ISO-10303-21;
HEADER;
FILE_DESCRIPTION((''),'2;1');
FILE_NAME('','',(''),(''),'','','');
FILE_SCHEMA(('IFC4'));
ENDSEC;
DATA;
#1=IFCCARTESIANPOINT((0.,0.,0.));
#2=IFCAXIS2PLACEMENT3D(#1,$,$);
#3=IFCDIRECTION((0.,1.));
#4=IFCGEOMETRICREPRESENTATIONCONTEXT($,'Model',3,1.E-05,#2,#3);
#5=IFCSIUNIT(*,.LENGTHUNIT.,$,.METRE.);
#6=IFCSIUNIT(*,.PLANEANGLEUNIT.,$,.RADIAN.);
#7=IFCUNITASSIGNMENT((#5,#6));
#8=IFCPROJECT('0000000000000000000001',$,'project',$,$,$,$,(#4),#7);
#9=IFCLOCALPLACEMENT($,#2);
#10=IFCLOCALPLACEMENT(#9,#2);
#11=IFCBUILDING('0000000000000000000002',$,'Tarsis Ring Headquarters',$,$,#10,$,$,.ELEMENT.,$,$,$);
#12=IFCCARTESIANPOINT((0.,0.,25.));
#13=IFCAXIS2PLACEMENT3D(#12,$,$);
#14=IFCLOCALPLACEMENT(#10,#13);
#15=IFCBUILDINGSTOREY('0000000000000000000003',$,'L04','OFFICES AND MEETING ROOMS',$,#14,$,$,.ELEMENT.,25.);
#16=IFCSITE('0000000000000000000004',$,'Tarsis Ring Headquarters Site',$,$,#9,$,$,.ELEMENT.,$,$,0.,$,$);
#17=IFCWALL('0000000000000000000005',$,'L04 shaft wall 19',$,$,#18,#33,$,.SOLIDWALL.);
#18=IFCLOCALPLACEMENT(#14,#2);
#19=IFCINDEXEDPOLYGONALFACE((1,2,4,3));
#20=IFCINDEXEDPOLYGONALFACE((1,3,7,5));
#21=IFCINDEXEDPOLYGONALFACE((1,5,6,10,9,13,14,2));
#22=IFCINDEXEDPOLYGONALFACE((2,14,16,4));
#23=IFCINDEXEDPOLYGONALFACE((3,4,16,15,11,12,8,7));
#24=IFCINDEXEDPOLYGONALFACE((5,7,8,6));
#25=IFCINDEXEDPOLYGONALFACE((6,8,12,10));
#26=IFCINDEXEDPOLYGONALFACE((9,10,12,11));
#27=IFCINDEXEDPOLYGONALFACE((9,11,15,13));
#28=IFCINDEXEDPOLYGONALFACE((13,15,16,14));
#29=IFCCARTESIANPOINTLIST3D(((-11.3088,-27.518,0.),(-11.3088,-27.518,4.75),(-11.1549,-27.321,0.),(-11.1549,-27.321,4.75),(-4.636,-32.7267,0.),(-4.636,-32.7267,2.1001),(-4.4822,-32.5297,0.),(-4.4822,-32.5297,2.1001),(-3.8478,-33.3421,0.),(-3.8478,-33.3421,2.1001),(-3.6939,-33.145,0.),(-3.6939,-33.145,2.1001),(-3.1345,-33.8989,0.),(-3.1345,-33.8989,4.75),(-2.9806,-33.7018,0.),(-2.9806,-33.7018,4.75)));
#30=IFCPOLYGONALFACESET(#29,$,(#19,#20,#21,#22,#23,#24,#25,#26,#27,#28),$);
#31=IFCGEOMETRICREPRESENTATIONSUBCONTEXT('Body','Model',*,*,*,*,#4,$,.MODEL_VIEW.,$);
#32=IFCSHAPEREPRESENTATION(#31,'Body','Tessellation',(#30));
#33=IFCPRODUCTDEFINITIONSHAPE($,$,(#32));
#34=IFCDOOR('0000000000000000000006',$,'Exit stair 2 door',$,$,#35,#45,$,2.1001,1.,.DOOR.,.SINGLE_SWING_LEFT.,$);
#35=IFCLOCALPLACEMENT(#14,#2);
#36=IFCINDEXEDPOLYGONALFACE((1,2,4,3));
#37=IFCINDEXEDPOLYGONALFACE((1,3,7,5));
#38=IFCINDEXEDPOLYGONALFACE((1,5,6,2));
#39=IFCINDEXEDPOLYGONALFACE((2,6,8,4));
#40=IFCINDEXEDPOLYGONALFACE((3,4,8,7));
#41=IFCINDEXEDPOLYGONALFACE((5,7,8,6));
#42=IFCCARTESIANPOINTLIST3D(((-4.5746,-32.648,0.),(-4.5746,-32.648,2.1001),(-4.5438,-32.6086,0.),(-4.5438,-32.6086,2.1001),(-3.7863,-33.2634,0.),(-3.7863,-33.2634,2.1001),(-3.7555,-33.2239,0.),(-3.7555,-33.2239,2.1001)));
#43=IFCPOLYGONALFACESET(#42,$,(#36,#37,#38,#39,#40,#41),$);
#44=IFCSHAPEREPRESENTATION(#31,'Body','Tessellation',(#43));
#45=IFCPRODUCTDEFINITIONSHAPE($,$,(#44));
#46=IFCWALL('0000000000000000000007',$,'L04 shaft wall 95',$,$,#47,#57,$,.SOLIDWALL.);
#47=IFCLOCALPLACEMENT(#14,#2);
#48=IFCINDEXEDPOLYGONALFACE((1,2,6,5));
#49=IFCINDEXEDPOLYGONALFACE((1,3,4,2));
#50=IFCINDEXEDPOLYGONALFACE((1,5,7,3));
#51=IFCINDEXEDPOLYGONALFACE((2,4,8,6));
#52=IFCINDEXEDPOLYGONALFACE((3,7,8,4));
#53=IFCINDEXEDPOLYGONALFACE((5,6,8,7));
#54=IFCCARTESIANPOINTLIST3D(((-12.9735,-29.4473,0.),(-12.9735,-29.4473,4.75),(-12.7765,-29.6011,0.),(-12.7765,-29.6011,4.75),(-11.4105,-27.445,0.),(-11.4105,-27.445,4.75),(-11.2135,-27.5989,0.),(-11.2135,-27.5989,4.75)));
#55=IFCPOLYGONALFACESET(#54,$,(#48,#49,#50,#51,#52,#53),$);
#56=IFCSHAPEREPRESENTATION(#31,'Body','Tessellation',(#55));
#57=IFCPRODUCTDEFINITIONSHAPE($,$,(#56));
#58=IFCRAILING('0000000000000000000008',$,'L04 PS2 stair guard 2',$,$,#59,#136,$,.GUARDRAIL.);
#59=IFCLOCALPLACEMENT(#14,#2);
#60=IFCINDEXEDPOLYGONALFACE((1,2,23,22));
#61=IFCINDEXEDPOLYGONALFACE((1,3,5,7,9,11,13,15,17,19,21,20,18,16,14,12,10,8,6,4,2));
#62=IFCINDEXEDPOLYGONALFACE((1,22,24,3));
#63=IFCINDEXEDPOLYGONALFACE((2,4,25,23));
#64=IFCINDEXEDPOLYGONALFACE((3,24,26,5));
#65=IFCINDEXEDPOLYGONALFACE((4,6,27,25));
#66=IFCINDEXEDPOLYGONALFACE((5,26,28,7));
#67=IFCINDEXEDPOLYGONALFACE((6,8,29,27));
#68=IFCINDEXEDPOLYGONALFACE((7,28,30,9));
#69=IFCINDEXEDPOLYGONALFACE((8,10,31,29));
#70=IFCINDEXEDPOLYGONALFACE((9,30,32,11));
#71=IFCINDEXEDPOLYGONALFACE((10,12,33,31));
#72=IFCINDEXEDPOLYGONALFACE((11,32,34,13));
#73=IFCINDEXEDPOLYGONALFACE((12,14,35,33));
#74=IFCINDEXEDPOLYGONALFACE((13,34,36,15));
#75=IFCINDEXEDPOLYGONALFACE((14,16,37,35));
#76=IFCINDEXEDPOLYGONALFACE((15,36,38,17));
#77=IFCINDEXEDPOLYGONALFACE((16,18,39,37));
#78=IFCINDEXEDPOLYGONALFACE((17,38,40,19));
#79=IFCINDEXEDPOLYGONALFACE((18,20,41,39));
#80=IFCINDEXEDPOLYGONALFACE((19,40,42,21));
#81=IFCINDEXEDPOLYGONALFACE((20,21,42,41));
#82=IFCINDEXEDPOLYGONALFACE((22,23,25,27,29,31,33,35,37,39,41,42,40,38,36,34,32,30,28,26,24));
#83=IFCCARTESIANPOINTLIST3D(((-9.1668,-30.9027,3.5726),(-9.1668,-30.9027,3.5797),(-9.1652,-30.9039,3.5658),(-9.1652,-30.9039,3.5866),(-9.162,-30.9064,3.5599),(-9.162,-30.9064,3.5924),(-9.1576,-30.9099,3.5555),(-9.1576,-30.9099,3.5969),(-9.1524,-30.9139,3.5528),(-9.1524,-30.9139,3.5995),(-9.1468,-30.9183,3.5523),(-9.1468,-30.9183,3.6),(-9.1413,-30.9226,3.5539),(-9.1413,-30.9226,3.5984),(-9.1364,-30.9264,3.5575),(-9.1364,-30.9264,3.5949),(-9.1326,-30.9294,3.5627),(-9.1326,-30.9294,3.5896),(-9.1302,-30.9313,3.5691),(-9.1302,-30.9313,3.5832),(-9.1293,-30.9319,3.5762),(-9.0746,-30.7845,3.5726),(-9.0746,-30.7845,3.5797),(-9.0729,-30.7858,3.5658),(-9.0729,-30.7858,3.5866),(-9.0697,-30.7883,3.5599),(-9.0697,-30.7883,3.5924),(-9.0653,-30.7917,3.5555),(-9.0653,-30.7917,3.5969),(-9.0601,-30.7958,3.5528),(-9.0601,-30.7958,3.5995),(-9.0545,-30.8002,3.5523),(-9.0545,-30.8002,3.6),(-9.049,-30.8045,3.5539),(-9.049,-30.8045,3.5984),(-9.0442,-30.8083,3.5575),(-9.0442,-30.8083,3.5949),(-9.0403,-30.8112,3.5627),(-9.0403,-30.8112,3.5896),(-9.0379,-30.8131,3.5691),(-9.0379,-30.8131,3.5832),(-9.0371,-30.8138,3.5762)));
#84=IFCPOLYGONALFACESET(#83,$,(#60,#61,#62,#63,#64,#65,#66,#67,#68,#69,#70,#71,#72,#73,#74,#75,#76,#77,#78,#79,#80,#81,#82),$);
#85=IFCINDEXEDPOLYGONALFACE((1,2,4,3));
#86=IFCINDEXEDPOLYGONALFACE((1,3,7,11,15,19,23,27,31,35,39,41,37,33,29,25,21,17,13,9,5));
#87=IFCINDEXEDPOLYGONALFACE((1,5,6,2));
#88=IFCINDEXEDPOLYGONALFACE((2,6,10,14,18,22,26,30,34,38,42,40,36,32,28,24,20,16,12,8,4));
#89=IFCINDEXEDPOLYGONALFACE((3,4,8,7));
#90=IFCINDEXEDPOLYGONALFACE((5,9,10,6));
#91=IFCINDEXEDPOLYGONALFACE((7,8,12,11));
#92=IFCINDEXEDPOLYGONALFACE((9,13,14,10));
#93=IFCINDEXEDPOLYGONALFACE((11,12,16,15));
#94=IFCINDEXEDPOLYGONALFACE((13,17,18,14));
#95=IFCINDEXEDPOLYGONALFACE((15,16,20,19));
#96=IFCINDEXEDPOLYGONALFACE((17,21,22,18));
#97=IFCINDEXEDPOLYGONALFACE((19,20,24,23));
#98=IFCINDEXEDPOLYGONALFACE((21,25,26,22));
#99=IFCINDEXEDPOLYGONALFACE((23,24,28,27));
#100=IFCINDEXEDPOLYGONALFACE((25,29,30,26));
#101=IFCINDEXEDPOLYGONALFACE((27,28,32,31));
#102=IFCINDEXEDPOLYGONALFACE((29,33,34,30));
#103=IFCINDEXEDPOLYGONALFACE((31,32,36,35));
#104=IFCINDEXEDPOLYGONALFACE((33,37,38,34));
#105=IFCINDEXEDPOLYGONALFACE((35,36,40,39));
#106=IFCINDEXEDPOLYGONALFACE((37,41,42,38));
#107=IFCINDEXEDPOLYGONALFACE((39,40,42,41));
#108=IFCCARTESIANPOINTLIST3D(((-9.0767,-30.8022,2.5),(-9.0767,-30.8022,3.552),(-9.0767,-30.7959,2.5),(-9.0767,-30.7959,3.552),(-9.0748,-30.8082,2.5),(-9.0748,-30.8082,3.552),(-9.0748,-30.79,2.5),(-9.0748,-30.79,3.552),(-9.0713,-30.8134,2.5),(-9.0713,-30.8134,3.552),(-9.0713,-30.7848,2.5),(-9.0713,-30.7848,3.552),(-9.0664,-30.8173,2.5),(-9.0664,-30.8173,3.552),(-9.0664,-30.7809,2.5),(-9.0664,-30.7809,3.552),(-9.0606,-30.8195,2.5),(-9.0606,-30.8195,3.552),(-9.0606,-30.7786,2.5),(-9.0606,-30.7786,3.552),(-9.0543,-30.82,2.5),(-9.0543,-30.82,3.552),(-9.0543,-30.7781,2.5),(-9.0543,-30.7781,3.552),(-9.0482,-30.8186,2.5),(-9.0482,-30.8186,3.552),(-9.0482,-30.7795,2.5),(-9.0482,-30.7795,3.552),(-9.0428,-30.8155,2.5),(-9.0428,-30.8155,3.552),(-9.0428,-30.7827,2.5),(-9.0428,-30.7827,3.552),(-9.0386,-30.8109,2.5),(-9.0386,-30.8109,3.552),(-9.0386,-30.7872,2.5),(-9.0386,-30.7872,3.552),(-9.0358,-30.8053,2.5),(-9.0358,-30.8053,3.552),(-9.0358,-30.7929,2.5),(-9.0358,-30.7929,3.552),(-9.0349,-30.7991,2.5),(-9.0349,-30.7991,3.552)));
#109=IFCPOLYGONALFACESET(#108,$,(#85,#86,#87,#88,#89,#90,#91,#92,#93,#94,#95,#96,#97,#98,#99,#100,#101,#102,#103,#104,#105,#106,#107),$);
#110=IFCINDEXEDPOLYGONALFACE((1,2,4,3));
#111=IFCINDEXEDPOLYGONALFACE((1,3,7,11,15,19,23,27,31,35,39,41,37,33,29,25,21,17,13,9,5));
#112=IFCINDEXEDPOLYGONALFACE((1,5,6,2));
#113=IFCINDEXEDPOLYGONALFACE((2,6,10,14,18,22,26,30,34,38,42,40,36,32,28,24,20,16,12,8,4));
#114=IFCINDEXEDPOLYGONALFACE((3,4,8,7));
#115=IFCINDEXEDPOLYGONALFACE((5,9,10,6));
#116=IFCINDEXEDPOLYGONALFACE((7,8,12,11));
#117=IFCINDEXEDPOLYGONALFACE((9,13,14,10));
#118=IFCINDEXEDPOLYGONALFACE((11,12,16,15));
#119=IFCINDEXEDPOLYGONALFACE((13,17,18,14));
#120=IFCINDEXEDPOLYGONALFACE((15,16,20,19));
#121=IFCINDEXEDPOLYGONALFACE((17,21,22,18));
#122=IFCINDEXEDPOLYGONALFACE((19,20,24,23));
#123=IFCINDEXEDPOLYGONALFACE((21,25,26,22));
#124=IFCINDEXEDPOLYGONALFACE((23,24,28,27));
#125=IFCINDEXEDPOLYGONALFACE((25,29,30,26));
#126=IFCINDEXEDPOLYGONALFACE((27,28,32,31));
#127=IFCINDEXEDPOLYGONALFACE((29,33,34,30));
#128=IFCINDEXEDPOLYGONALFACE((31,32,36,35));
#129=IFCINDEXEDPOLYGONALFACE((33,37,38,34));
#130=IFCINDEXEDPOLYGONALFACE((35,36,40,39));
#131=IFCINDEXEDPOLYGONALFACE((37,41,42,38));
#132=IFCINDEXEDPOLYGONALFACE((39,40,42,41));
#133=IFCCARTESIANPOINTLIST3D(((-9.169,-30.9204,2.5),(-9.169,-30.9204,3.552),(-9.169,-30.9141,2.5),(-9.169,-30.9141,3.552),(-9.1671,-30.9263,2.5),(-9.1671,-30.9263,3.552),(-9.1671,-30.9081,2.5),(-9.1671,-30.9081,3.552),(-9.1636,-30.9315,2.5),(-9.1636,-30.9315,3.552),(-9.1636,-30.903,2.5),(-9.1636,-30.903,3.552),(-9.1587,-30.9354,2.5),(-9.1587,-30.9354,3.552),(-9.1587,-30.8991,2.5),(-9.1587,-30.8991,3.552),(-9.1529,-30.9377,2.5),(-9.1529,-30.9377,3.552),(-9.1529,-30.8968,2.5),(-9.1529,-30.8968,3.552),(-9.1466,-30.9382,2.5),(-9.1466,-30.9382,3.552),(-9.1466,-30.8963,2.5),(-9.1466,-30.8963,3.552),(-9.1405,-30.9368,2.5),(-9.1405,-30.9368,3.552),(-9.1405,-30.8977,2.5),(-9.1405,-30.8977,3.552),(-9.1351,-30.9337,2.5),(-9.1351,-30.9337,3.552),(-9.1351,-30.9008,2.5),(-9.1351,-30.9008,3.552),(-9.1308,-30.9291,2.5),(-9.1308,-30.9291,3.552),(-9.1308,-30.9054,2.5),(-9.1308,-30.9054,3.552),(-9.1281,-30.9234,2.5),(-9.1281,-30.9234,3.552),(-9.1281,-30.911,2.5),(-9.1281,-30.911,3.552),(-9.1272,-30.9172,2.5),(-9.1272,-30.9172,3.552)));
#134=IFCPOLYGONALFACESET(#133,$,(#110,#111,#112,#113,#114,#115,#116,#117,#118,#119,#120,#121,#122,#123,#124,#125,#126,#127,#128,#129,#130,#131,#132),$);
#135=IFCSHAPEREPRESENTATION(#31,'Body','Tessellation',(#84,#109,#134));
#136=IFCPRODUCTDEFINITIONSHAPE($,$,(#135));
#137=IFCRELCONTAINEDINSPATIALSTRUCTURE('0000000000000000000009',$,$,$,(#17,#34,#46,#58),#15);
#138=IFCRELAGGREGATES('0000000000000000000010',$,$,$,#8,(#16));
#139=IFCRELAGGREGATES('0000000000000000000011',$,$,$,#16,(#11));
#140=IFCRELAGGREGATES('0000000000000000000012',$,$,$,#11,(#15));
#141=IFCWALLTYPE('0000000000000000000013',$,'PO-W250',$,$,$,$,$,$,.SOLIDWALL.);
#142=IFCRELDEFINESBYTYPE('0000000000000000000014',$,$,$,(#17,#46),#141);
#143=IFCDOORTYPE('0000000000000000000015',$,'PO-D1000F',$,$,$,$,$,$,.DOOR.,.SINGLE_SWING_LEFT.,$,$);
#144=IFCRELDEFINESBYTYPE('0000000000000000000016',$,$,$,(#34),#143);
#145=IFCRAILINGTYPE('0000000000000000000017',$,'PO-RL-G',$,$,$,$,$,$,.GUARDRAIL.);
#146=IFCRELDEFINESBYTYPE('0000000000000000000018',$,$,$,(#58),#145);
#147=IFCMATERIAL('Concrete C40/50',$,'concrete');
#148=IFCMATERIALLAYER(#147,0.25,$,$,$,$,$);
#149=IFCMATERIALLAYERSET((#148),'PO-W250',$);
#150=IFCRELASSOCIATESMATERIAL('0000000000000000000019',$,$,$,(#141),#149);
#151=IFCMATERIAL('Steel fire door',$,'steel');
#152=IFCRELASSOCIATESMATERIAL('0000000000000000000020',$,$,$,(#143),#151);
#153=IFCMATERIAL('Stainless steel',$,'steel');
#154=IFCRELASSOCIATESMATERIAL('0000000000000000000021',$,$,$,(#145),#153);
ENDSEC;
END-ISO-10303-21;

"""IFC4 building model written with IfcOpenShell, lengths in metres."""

from ifc_helpers import new_model, si_unit, direction, frame, frame_2d, origin, origin_2d, place, context, subcontext, project, spatial, rectangle, circle, extrude, material, layer, layer_set, type_object, element, fill, save


model = new_model("IFC4")

# Units and contexts
model_context = context("Model", 3, precision=1e-05, world=origin(), true_north=direction((0.0, 1.0)))
body_context = subcontext(model_context, "Body", "Model", "MODEL_VIEW")
ifc_project = project(units=[si_unit("LENGTHUNIT", "METRE"), si_unit("PLANEANGLEUNIT", "RADIAN")], contexts=[model_context])

# Site, building, storey
site_placement = place(None, origin())
site = spatial("IfcSite", under=ifc_project, at=site_placement, Name="Tarsis Ring Headquarters Site", CompositionType="ELEMENT", RefElevation=0.0)
building_placement = place(site_placement, origin())
building = spatial("IfcBuilding", under=site, at=building_placement, Name="Tarsis Ring Headquarters", CompositionType="ELEMENT")
storey_placement = place(building_placement, frame((0.0, 0.0, 25.0)))
storey = spatial("IfcBuildingStorey", under=building, at=storey_placement, Name="L04", Description="OFFICES AND MEETING ROOMS", CompositionType="ELEMENT", Elevation=25.0)

# Shared definitions
ifc_material_1 = material(Name="Concrete C40/50", Category="concrete")

# Wall, opening, door
ifc_layer_1 = layer(ifc_material_1, 0.25)
ifc_layer_set_1 = layer_set([ifc_layer_1], Name="PO-W250")
wall_type_1 = type_object("IfcWallType", Name="PO-W250", PredefinedType="SOLIDWALL", material=ifc_layer_set_1)
wall_1_placement = place(storey_placement, frame((-11.2319, -27.4194, 0.0), z_axis=(0.0, 0.0, 1.0), x_axis=(0.788273, -0.615325, 0.0)))
wall_1 = element("IfcWall", 1, at=wall_1_placement, inside=storey, type_object=wall_type_1, Name="L04 shaft wall 19", PredefinedType="SOLIDWALL", context=body_context, shape_type="SweptSolid", body=[
    extrude(rectangle(XDim=10.3699, YDim=0.25, at=frame_2d((5.1851, 0.0))), origin(), (0.0, 0.0, 1.0), 4.75),
])
opening_1_placement = place(wall_1_placement, frame((8.4651, 0.0, 0.0)))
opening_1 = element("IfcOpeningElement", 2, at=opening_1_placement, cuts=wall_1, PredefinedType="OPENING", context=body_context, shape_type="SweptSolid", body=[
    extrude(rectangle(XDim=1.0, YDim=2.1001, at=frame_2d((0.5, 1.05))), frame((0.0, 0.135, 0.0), z_axis=(0.0, -1.0, 0.0), x_axis=(1.0, 0.0, 0.0)), (0.0, 0.0, 1.0), 0.27),
])
ifc_material_2 = material(Name="Steel fire door", Category="steel")
door_type_1 = type_object("IfcDoorType", Name="PO-D1000F", OperationType="SINGLE_SWING_LEFT", PredefinedType="DOOR", material=ifc_material_2)
door_1_placement = place(opening_1_placement, origin())
door_1 = element("IfcDoor", 3, at=door_1_placement, inside=storey, type_object=door_type_1, Name="Exit stair 2 door", OperationType="SINGLE_SWING_LEFT", OverallHeight=2.1001, OverallWidth=1.0, PredefinedType="DOOR", context=body_context, shape_type="SweptSolid", body=[
    extrude(rectangle(XDim=1.0, YDim=2.1001, at=frame_2d((0.5, 1.05))), frame((0.0, 0.0249, 0.0), z_axis=(0.0, -1.0, 0.0), x_axis=(1.0, 0.0, 0.0)), (0.0, 0.0, 1.0), 0.05),
])
fill(opening_1, door_1)

# Wall
wall_2_placement = place(storey_placement, frame((-12.875, -29.5242, 0.0), z_axis=(0.0, 0.0, 1.0), x_axis=(0.615344, 0.788259, 0.0)))
element("IfcWall", 4, at=wall_2_placement, inside=storey, type_object=wall_type_1, Name="L04 shaft wall 95", PredefinedType="SOLIDWALL", context=body_context, shape_type="SweptSolid", body=[
    extrude(rectangle(XDim=2.54, YDim=0.25, at=frame_2d((1.27, 0.0))), origin(), (0.0, 0.0, 1.0), 4.75),
])

# Railing
ifc_material_3 = material(Name="Stainless steel", Category="steel")
railing_type_1 = type_object("IfcRailingType", Name="PO-RL-G", PredefinedType="GUARDRAIL", material=ifc_material_3)
railing_1_placement = place(storey_placement, frame((-9.0559, -30.7991, 2.5)))
element("IfcRailing", 5, at=railing_1_placement, inside=storey, type_object=railing_type_1, Name="L04 PS2 stair guard 2", PredefinedType="GUARDRAIL", context=body_context, shape_type="SweptSolid", body=[
    extrude(circle(Radius=0.0239, at=origin_2d()), frame((0.0, 0.0, 1.0762), z_axis=(-0.615518, -0.788123, 0.0), x_axis=(0.788123, -0.615518, 0.0)), (0.0, 0.0, 1.0), 0.1499),
    extrude(circle(Radius=0.021, at=origin_2d()), origin(), (0.0, 0.0, 1.0), 1.052),
    extrude(circle(Radius=0.021, at=origin_2d()), frame((-0.0923, -0.1182, 0.0)), (0.0, 0.0, 1.0), 1.052),
])

save(model, "model.ifc")
